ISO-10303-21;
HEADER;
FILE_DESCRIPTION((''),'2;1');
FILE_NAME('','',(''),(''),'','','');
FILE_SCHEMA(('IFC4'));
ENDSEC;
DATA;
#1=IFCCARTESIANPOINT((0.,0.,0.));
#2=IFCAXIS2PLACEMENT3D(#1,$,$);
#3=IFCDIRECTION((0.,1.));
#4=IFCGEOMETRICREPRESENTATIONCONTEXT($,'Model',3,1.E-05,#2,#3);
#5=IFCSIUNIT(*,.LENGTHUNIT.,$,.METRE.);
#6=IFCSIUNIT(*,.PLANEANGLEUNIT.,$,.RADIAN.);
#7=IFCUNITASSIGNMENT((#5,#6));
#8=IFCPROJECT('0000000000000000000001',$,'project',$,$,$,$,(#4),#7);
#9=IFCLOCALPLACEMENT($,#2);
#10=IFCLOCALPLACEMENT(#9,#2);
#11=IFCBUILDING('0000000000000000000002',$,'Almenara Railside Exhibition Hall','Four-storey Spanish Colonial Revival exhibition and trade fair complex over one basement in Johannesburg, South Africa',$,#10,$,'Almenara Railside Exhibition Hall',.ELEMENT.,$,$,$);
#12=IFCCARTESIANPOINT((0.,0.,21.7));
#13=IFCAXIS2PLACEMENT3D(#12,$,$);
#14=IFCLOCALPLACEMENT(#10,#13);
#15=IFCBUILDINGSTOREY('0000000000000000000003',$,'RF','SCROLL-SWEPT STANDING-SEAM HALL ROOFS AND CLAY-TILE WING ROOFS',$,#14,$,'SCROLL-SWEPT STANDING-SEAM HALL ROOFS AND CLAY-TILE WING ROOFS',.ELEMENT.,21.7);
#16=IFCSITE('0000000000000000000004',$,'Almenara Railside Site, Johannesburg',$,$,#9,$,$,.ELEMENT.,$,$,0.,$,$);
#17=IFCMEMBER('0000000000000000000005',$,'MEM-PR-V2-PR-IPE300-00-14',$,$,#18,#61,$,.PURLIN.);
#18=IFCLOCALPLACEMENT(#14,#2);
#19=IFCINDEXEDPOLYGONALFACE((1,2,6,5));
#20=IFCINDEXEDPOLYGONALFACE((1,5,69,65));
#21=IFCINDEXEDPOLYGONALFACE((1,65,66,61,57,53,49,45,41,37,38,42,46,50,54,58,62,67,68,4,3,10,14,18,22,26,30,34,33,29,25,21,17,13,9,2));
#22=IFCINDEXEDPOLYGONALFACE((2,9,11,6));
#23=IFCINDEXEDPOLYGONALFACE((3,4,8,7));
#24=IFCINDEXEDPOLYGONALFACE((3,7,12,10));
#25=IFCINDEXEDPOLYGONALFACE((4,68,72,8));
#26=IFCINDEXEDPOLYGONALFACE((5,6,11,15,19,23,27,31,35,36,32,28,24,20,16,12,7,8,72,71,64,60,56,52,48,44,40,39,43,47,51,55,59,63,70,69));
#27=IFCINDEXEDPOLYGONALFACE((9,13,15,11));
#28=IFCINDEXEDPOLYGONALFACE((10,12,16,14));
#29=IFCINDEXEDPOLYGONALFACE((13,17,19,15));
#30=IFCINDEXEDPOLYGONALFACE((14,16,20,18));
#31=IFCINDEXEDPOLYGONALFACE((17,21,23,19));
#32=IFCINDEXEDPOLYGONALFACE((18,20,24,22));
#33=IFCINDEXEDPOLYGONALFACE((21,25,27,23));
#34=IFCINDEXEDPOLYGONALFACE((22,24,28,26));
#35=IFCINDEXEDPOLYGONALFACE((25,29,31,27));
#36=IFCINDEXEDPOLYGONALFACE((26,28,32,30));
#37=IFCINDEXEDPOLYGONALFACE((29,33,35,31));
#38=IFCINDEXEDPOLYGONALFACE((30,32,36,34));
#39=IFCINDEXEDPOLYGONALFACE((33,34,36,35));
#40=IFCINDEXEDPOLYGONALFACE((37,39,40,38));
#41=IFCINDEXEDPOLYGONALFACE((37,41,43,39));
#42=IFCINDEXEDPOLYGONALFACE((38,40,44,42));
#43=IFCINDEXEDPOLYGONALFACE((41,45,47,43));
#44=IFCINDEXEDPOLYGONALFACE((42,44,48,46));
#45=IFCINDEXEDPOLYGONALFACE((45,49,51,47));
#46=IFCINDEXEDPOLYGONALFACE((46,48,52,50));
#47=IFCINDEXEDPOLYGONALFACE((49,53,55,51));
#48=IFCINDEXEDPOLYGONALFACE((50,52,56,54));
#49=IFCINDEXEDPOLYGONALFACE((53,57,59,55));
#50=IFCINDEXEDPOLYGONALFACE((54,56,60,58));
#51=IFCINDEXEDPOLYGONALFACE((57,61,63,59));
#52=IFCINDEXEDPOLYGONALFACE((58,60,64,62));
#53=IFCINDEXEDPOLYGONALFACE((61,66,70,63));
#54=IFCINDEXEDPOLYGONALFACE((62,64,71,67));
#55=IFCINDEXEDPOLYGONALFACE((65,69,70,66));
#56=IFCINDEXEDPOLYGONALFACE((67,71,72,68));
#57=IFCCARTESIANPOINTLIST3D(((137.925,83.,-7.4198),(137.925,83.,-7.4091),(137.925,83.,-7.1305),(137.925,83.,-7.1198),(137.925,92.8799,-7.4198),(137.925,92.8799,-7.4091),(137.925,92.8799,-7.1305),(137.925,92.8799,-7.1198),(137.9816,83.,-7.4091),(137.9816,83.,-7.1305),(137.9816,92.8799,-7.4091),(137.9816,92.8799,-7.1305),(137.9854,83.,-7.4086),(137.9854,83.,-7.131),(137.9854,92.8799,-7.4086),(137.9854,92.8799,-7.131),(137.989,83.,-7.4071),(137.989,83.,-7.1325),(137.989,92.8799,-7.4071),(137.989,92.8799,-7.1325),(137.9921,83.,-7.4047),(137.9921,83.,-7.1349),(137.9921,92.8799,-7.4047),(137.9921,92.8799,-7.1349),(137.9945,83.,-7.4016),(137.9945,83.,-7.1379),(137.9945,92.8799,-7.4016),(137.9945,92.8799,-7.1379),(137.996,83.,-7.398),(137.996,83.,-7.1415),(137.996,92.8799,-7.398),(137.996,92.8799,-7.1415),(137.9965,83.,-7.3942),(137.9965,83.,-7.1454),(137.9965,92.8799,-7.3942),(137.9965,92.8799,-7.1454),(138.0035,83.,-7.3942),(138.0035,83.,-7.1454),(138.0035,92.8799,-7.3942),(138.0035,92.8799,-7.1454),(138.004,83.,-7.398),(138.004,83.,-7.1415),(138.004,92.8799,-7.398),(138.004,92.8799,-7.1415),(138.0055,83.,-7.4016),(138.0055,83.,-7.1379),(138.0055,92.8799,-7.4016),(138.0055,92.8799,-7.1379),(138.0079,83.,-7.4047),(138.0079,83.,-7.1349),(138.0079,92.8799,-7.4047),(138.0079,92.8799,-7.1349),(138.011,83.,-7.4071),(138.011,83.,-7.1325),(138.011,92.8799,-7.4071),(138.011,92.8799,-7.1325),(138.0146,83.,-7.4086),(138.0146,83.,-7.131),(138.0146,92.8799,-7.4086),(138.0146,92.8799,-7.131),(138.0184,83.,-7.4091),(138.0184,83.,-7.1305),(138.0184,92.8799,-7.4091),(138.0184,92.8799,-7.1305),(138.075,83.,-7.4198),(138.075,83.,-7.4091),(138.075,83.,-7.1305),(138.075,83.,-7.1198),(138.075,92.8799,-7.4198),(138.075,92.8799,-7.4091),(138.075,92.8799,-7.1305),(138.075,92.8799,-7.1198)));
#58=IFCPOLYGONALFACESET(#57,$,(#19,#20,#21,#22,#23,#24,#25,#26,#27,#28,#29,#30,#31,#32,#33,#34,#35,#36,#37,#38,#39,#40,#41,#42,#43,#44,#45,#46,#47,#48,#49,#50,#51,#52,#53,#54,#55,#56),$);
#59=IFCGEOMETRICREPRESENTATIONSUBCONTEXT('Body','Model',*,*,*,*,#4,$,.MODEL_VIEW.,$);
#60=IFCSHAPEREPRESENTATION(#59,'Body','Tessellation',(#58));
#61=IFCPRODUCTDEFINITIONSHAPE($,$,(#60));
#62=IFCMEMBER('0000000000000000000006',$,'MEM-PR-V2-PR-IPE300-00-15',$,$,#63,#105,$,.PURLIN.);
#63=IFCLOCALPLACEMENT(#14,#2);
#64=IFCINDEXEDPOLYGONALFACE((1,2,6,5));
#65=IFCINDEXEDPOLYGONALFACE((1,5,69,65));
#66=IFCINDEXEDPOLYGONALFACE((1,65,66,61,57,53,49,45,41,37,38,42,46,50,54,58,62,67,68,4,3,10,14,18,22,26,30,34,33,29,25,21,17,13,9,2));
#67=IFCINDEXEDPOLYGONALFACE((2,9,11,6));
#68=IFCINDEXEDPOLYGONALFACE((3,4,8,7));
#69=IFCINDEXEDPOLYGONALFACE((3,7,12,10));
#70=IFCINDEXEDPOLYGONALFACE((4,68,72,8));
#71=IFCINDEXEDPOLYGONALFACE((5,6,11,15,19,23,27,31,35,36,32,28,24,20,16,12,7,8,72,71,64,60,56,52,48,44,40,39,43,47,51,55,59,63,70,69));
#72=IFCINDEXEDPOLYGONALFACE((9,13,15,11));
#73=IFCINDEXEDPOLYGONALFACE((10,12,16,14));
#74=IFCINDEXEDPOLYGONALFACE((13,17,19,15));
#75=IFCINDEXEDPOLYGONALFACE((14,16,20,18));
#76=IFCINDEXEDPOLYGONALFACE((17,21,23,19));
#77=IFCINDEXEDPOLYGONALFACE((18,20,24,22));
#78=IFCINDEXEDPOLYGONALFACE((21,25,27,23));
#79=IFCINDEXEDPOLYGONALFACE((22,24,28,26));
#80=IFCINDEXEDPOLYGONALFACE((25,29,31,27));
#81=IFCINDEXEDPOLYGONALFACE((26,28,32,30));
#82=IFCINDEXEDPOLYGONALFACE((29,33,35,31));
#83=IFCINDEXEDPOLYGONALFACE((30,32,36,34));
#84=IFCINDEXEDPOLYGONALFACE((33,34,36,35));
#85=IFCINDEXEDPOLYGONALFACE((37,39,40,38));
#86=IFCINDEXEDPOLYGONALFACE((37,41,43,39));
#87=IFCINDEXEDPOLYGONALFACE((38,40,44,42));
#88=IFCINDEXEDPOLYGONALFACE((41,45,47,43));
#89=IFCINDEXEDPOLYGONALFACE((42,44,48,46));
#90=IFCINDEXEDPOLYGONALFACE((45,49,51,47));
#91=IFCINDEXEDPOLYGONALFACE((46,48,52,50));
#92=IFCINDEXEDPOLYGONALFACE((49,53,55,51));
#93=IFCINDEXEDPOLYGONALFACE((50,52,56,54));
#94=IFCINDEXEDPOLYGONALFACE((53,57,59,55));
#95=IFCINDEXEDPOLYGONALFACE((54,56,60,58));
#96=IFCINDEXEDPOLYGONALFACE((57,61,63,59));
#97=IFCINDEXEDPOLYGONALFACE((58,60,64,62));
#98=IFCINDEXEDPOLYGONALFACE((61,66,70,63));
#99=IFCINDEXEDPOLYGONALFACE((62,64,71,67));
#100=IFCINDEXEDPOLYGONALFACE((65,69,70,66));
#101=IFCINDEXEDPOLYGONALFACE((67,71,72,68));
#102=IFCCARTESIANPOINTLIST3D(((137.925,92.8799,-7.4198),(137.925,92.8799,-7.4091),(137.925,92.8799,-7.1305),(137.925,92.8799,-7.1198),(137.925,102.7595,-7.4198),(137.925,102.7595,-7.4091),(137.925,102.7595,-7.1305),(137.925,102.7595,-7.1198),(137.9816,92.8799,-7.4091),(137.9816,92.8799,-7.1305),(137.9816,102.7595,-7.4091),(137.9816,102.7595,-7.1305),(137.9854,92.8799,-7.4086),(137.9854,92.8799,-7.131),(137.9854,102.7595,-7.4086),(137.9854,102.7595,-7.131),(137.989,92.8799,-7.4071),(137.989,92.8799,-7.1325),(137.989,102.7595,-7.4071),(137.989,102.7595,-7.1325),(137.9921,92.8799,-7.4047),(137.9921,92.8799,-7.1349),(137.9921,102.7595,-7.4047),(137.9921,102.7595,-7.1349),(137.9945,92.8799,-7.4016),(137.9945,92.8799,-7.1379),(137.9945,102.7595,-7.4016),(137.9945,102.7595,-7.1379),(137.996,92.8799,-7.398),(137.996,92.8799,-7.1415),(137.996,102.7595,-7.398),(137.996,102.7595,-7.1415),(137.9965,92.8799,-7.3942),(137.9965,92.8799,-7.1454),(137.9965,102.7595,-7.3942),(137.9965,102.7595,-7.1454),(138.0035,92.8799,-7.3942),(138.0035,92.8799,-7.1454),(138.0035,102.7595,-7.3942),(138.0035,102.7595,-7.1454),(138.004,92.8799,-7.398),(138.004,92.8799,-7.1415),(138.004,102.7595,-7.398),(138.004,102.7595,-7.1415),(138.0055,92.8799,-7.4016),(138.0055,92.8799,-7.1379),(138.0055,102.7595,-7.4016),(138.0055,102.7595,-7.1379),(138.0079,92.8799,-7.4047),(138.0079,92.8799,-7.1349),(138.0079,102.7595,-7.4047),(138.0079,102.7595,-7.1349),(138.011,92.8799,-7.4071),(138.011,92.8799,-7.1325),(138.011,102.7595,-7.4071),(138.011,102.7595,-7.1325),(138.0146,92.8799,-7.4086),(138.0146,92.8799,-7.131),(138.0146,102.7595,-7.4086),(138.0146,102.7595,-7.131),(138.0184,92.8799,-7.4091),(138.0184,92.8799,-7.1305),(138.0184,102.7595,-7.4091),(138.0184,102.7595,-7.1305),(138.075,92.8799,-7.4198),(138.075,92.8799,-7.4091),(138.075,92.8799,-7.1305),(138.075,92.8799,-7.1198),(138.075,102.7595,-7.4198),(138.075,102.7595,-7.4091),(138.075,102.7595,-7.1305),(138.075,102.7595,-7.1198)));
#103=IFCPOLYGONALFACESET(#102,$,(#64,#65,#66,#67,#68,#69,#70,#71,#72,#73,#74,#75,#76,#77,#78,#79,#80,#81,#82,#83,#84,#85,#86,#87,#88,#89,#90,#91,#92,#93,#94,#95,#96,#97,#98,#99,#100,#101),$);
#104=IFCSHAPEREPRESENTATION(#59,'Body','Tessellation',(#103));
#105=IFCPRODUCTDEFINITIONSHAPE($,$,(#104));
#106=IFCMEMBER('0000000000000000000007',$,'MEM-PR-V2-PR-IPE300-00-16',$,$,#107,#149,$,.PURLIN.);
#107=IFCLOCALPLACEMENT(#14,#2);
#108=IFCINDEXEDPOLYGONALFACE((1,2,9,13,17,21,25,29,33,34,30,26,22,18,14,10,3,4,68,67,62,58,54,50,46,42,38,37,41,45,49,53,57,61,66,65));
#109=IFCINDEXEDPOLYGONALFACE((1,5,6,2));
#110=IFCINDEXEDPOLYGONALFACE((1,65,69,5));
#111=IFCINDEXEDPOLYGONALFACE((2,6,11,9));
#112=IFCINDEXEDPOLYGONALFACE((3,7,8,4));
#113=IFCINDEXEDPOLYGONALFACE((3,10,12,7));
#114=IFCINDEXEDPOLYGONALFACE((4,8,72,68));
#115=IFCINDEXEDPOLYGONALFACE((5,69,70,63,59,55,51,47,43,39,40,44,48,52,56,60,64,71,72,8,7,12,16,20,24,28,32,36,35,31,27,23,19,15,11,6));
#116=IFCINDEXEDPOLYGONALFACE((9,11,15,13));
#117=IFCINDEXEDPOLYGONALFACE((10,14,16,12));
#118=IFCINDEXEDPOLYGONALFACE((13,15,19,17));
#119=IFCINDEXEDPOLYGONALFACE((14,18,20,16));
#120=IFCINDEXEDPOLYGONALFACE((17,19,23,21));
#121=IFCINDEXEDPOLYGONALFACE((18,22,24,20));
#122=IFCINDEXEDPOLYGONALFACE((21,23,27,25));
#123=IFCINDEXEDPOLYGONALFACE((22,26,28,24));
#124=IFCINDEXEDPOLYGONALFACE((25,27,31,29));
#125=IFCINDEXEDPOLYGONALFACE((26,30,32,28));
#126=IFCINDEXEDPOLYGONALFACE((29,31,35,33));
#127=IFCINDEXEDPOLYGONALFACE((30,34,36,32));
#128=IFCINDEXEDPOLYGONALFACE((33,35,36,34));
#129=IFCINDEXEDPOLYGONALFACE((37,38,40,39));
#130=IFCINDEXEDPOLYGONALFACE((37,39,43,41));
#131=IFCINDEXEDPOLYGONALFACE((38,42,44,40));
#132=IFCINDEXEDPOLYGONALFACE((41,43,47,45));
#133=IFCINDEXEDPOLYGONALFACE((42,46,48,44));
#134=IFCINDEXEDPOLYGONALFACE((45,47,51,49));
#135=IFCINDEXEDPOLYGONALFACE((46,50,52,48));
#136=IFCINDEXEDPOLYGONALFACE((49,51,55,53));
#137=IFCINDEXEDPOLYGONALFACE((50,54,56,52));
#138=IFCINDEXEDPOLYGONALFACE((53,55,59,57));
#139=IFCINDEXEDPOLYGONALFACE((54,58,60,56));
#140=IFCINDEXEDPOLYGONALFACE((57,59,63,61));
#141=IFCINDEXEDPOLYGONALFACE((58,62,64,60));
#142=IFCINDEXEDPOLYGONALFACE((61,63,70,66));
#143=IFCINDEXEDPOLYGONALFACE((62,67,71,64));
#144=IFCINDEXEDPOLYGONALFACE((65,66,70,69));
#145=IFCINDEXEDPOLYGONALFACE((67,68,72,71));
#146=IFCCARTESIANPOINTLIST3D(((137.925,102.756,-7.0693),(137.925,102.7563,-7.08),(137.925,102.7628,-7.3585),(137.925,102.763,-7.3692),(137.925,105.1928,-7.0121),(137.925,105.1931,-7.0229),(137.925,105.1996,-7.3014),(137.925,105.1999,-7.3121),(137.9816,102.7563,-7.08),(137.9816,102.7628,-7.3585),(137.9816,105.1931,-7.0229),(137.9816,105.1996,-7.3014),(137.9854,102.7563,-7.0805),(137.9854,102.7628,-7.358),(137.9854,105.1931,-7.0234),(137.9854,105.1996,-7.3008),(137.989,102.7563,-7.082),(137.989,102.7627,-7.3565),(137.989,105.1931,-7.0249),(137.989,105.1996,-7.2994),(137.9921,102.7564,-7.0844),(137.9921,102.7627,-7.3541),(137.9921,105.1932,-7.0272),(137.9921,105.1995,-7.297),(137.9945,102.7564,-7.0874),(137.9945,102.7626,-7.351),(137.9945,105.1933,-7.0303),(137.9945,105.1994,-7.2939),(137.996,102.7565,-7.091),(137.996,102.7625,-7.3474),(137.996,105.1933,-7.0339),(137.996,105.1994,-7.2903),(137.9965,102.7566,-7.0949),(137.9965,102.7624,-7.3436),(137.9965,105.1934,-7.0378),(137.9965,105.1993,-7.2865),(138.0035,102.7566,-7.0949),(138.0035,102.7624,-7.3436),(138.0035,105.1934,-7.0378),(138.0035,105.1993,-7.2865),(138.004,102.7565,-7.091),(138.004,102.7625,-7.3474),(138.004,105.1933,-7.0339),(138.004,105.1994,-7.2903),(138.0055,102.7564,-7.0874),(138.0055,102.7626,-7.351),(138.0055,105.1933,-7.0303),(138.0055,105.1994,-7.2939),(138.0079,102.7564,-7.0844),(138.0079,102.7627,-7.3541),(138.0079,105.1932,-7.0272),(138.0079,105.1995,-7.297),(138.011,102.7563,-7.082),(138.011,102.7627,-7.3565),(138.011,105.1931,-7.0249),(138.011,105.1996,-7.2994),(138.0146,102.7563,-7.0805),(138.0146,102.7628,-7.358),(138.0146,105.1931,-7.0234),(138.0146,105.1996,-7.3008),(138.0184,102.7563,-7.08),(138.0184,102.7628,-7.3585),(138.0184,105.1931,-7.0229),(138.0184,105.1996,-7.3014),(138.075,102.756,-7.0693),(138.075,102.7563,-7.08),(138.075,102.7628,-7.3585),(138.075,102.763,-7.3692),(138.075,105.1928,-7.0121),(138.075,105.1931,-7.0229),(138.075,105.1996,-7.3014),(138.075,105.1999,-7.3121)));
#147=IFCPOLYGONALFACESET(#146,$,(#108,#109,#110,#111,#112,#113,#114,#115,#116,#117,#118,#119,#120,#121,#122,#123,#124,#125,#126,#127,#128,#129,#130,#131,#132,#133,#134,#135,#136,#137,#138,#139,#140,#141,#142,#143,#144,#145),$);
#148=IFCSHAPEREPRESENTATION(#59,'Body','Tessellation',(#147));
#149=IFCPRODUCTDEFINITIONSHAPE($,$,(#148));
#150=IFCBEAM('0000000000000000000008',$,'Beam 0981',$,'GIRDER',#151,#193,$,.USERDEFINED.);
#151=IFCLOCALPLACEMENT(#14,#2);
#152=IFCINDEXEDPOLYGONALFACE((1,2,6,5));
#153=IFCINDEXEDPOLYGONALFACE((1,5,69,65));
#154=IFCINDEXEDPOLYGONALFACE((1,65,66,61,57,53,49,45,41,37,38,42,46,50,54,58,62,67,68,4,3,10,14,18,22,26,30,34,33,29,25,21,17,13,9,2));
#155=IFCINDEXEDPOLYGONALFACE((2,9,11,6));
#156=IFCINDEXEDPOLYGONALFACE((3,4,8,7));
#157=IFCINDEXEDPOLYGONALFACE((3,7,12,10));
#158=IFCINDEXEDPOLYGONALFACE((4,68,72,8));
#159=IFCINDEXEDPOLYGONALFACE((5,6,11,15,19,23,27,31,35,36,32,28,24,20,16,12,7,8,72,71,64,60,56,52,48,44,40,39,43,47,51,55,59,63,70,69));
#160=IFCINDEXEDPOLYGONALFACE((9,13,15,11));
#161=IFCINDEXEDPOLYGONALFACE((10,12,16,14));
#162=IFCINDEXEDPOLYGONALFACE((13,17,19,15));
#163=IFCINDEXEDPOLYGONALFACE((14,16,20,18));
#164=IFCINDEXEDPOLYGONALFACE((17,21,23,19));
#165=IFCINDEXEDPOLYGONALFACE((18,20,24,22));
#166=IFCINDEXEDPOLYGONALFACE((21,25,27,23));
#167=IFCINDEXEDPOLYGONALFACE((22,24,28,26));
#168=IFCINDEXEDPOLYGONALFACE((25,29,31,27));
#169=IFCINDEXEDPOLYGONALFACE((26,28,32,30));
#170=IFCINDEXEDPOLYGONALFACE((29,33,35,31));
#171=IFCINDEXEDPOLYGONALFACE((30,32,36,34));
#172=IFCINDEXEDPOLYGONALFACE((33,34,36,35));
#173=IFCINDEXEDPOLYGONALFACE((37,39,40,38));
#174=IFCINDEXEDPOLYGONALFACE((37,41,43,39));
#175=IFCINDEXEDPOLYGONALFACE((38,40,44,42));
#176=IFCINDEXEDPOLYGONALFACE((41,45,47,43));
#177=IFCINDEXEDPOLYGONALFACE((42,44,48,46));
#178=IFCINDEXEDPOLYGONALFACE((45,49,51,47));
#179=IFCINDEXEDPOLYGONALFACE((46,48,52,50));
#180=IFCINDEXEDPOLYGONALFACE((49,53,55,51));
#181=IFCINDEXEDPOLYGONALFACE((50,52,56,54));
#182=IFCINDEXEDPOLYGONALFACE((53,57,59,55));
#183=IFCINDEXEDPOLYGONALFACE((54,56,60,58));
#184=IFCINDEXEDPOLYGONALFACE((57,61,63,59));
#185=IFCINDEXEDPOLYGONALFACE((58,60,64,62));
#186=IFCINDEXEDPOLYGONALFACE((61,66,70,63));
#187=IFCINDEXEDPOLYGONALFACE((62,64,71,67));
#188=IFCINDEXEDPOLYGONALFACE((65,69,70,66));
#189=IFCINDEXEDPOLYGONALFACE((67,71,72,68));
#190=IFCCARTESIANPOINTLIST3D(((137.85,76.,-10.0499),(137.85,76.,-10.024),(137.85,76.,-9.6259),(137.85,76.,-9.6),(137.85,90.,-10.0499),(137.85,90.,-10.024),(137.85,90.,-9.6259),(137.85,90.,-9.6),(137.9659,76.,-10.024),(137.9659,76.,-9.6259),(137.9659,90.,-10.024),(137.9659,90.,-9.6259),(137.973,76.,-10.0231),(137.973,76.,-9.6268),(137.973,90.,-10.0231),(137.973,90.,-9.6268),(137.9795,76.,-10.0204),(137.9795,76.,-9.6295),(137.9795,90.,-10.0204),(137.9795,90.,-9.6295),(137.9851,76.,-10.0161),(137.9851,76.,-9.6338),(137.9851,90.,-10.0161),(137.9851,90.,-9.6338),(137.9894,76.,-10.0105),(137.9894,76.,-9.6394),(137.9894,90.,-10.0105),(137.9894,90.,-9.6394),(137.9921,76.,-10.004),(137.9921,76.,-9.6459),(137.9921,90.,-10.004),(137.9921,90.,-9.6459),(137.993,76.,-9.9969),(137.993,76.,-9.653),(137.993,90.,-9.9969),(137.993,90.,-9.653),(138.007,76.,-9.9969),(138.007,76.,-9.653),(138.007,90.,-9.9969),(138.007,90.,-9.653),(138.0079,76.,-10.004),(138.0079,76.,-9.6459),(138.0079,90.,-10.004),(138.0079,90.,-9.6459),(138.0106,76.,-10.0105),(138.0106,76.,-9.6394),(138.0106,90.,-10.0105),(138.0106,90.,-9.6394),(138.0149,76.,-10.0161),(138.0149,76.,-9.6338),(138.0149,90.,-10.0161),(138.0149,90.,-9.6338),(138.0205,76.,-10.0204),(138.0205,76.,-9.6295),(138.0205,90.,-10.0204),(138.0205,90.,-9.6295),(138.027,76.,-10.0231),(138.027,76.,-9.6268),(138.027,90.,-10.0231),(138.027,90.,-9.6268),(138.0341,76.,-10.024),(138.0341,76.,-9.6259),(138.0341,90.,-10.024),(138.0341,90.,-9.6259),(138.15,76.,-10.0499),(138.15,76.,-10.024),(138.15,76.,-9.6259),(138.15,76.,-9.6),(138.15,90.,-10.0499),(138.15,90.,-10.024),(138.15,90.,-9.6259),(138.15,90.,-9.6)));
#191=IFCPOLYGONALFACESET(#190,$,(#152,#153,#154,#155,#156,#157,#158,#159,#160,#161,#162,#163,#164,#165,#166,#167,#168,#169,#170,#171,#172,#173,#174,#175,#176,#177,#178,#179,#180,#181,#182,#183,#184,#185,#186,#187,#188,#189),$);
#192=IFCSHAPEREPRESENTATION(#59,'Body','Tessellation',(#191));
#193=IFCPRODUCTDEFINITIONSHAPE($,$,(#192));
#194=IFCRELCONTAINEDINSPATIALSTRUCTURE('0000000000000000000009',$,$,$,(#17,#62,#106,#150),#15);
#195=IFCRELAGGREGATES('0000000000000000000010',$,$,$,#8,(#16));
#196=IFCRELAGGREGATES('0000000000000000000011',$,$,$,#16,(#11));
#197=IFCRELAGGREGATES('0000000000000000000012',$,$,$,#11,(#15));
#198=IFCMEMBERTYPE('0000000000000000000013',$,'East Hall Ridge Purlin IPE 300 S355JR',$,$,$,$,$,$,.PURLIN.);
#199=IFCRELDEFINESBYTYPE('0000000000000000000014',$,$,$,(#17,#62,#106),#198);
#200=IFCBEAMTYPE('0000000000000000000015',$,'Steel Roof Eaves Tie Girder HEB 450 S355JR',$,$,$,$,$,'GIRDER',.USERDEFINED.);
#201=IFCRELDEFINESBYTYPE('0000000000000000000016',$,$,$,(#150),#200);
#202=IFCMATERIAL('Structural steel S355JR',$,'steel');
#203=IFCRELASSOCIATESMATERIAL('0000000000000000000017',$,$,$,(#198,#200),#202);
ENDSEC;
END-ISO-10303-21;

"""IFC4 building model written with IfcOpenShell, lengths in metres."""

from ifc_helpers import new_model, si_unit, direction, frame, origin, origin_2d, place, context, subcontext, project, spatial, i_section, extrude, material, material_profile, profile_set, type_object, element, save


model = new_model("IFC4")

# Units and contexts
model_context = context("Model", 3, precision=1e-05, world=origin(), true_north=direction((0.0, 1.0)))
body_context = subcontext(model_context, "Body", "Model", "MODEL_VIEW")
ifc_project = project(units=[si_unit("LENGTHUNIT", "METRE"), si_unit("PLANEANGLEUNIT", "RADIAN")], contexts=[model_context])

# Site, building, storey
site_placement = place(None, origin())
site = spatial("IfcSite", under=ifc_project, at=site_placement, Name="Almenara Railside Site, Johannesburg", CompositionType="ELEMENT", RefElevation=0.0)
building_placement = place(site_placement, origin())
building = spatial("IfcBuilding", under=site, at=building_placement, Name="Almenara Railside Exhibition Hall", Description="Four-storey Spanish Colonial Revival exhibition and trade fair complex over one basement in Johannesburg, South Africa", LongName="Almenara Railside Exhibition Hall", CompositionType="ELEMENT")
storey_placement = place(building_placement, frame((0.0, 0.0, 21.7)))
storey = spatial("IfcBuildingStorey", under=building, at=storey_placement, Name="RF", Description="SCROLL-SWEPT STANDING-SEAM HALL ROOFS AND CLAY-TILE WING ROOFS", LongName="SCROLL-SWEPT STANDING-SEAM HALL ROOFS AND CLAY-TILE WING ROOFS", CompositionType="ELEMENT", Elevation=21.7)

# Shared definitions
ifc_material_1 = material(Name="Structural steel S355JR", Category="steel")

# Members
ifc_material_profile_1 = material_profile(ifc_material_1, i_section(OverallWidth=0.1499, OverallDepth=0.3, WebThickness=0.0071, FlangeThickness=0.0107, FilletRadius=0.0149, at=origin_2d()), Name="IPE 300")
ifc_profile_set_1 = profile_set([ifc_material_profile_1], Name="Structural steel S355JR")
member_type_1 = type_object("IfcMemberType", Name="East Hall Ridge Purlin IPE 300 S355JR", PredefinedType="PURLIN", material=ifc_profile_set_1)
for number, where, z_axis, x_axis, name in (
    (1, (138.0, 83.0, -7.2698), (0.0, 1.0, 0.0), (-1.0, 0.0, 0.0), "MEM-PR-V2-PR-IPE300-00-14"),
):
    element("IfcMember", number, at=place(storey_placement, frame(where, z_axis=z_axis, x_axis=x_axis)), inside=storey, type_object=member_type_1, Name=name, PredefinedType="PURLIN", context=body_context, shape_type="SweptSolid", body=[
        extrude(i_section(OverallWidth=0.1499, OverallDepth=0.3, WebThickness=0.0071, FlangeThickness=0.0107, FilletRadius=0.0149, at=origin_2d()), origin(), (0.0, 0.0, 1.0), 9.8799),
    ])
member_1_placement = place(storey_placement, frame((138.0, 92.8799, -7.2698), z_axis=(0.0, 1.0, 0.0), x_axis=(-1.0, 0.0, 0.0)))
element("IfcMember", 2, at=member_1_placement, inside=storey, type_object=member_type_1, Name="MEM-PR-V2-PR-IPE300-00-15", PredefinedType="PURLIN", context=body_context, shape_type="SweptSolid", body=[
    extrude(i_section(OverallWidth=0.1499, OverallDepth=0.3, WebThickness=0.0071, FlangeThickness=0.0107, FilletRadius=0.0149, at=origin_2d()), origin(), (0.0, 0.0, 1.0), 9.8796),
])
member_2_placement = place(storey_placement, frame((138.0, 102.7595, -7.2192), z_axis=(0.0, 0.999725, 0.023438), x_axis=(-1.0, 0.0, 0.0)))
element("IfcMember", 3, at=member_2_placement, inside=storey, type_object=member_type_1, Name="MEM-PR-V2-PR-IPE300-00-16", PredefinedType="PURLIN", context=body_context, shape_type="SweptSolid", body=[
    extrude(i_section(OverallWidth=0.1499, OverallDepth=0.3, WebThickness=0.0071, FlangeThickness=0.0107, FilletRadius=0.0149, at=origin_2d()), origin(), (0.0, 0.0, 1.0), 2.4375),
])

# Beam
ifc_material_profile_2 = material_profile(ifc_material_1, i_section(OverallWidth=0.3, OverallDepth=0.45, WebThickness=0.0139, FlangeThickness=0.0259, FilletRadius=0.0271, at=origin_2d()), Name="HEB 450")
ifc_profile_set_2 = profile_set([ifc_material_profile_2], Name="Structural steel S355JR")
beam_type = type_object("IfcBeamType", Name="Steel Roof Eaves Tie Girder HEB 450 S355JR", ElementType="GIRDER", PredefinedType="USERDEFINED", material=ifc_profile_set_2)
for number, where, z_axis, x_axis, name in (
    (4, (138.0, 76.0, -9.825), (0.0, 1.0, 0.0), (-1.0, 0.0, 0.0), "Beam 0981"),
):
    element("IfcBeam", number, at=place(storey_placement, frame(where, z_axis=z_axis, x_axis=x_axis)), inside=storey, type_object=beam_type, Name=name, ObjectType="GIRDER", PredefinedType="USERDEFINED", context=body_context, shape_type="SweptSolid", body=[
        extrude(i_section(OverallWidth=0.3, OverallDepth=0.45, WebThickness=0.0139, FlangeThickness=0.0259, FilletRadius=0.0271, at=origin_2d()), origin(), (0.0, 0.0, 1.0), 14.0),
    ])

save(model, "model.ifc")
